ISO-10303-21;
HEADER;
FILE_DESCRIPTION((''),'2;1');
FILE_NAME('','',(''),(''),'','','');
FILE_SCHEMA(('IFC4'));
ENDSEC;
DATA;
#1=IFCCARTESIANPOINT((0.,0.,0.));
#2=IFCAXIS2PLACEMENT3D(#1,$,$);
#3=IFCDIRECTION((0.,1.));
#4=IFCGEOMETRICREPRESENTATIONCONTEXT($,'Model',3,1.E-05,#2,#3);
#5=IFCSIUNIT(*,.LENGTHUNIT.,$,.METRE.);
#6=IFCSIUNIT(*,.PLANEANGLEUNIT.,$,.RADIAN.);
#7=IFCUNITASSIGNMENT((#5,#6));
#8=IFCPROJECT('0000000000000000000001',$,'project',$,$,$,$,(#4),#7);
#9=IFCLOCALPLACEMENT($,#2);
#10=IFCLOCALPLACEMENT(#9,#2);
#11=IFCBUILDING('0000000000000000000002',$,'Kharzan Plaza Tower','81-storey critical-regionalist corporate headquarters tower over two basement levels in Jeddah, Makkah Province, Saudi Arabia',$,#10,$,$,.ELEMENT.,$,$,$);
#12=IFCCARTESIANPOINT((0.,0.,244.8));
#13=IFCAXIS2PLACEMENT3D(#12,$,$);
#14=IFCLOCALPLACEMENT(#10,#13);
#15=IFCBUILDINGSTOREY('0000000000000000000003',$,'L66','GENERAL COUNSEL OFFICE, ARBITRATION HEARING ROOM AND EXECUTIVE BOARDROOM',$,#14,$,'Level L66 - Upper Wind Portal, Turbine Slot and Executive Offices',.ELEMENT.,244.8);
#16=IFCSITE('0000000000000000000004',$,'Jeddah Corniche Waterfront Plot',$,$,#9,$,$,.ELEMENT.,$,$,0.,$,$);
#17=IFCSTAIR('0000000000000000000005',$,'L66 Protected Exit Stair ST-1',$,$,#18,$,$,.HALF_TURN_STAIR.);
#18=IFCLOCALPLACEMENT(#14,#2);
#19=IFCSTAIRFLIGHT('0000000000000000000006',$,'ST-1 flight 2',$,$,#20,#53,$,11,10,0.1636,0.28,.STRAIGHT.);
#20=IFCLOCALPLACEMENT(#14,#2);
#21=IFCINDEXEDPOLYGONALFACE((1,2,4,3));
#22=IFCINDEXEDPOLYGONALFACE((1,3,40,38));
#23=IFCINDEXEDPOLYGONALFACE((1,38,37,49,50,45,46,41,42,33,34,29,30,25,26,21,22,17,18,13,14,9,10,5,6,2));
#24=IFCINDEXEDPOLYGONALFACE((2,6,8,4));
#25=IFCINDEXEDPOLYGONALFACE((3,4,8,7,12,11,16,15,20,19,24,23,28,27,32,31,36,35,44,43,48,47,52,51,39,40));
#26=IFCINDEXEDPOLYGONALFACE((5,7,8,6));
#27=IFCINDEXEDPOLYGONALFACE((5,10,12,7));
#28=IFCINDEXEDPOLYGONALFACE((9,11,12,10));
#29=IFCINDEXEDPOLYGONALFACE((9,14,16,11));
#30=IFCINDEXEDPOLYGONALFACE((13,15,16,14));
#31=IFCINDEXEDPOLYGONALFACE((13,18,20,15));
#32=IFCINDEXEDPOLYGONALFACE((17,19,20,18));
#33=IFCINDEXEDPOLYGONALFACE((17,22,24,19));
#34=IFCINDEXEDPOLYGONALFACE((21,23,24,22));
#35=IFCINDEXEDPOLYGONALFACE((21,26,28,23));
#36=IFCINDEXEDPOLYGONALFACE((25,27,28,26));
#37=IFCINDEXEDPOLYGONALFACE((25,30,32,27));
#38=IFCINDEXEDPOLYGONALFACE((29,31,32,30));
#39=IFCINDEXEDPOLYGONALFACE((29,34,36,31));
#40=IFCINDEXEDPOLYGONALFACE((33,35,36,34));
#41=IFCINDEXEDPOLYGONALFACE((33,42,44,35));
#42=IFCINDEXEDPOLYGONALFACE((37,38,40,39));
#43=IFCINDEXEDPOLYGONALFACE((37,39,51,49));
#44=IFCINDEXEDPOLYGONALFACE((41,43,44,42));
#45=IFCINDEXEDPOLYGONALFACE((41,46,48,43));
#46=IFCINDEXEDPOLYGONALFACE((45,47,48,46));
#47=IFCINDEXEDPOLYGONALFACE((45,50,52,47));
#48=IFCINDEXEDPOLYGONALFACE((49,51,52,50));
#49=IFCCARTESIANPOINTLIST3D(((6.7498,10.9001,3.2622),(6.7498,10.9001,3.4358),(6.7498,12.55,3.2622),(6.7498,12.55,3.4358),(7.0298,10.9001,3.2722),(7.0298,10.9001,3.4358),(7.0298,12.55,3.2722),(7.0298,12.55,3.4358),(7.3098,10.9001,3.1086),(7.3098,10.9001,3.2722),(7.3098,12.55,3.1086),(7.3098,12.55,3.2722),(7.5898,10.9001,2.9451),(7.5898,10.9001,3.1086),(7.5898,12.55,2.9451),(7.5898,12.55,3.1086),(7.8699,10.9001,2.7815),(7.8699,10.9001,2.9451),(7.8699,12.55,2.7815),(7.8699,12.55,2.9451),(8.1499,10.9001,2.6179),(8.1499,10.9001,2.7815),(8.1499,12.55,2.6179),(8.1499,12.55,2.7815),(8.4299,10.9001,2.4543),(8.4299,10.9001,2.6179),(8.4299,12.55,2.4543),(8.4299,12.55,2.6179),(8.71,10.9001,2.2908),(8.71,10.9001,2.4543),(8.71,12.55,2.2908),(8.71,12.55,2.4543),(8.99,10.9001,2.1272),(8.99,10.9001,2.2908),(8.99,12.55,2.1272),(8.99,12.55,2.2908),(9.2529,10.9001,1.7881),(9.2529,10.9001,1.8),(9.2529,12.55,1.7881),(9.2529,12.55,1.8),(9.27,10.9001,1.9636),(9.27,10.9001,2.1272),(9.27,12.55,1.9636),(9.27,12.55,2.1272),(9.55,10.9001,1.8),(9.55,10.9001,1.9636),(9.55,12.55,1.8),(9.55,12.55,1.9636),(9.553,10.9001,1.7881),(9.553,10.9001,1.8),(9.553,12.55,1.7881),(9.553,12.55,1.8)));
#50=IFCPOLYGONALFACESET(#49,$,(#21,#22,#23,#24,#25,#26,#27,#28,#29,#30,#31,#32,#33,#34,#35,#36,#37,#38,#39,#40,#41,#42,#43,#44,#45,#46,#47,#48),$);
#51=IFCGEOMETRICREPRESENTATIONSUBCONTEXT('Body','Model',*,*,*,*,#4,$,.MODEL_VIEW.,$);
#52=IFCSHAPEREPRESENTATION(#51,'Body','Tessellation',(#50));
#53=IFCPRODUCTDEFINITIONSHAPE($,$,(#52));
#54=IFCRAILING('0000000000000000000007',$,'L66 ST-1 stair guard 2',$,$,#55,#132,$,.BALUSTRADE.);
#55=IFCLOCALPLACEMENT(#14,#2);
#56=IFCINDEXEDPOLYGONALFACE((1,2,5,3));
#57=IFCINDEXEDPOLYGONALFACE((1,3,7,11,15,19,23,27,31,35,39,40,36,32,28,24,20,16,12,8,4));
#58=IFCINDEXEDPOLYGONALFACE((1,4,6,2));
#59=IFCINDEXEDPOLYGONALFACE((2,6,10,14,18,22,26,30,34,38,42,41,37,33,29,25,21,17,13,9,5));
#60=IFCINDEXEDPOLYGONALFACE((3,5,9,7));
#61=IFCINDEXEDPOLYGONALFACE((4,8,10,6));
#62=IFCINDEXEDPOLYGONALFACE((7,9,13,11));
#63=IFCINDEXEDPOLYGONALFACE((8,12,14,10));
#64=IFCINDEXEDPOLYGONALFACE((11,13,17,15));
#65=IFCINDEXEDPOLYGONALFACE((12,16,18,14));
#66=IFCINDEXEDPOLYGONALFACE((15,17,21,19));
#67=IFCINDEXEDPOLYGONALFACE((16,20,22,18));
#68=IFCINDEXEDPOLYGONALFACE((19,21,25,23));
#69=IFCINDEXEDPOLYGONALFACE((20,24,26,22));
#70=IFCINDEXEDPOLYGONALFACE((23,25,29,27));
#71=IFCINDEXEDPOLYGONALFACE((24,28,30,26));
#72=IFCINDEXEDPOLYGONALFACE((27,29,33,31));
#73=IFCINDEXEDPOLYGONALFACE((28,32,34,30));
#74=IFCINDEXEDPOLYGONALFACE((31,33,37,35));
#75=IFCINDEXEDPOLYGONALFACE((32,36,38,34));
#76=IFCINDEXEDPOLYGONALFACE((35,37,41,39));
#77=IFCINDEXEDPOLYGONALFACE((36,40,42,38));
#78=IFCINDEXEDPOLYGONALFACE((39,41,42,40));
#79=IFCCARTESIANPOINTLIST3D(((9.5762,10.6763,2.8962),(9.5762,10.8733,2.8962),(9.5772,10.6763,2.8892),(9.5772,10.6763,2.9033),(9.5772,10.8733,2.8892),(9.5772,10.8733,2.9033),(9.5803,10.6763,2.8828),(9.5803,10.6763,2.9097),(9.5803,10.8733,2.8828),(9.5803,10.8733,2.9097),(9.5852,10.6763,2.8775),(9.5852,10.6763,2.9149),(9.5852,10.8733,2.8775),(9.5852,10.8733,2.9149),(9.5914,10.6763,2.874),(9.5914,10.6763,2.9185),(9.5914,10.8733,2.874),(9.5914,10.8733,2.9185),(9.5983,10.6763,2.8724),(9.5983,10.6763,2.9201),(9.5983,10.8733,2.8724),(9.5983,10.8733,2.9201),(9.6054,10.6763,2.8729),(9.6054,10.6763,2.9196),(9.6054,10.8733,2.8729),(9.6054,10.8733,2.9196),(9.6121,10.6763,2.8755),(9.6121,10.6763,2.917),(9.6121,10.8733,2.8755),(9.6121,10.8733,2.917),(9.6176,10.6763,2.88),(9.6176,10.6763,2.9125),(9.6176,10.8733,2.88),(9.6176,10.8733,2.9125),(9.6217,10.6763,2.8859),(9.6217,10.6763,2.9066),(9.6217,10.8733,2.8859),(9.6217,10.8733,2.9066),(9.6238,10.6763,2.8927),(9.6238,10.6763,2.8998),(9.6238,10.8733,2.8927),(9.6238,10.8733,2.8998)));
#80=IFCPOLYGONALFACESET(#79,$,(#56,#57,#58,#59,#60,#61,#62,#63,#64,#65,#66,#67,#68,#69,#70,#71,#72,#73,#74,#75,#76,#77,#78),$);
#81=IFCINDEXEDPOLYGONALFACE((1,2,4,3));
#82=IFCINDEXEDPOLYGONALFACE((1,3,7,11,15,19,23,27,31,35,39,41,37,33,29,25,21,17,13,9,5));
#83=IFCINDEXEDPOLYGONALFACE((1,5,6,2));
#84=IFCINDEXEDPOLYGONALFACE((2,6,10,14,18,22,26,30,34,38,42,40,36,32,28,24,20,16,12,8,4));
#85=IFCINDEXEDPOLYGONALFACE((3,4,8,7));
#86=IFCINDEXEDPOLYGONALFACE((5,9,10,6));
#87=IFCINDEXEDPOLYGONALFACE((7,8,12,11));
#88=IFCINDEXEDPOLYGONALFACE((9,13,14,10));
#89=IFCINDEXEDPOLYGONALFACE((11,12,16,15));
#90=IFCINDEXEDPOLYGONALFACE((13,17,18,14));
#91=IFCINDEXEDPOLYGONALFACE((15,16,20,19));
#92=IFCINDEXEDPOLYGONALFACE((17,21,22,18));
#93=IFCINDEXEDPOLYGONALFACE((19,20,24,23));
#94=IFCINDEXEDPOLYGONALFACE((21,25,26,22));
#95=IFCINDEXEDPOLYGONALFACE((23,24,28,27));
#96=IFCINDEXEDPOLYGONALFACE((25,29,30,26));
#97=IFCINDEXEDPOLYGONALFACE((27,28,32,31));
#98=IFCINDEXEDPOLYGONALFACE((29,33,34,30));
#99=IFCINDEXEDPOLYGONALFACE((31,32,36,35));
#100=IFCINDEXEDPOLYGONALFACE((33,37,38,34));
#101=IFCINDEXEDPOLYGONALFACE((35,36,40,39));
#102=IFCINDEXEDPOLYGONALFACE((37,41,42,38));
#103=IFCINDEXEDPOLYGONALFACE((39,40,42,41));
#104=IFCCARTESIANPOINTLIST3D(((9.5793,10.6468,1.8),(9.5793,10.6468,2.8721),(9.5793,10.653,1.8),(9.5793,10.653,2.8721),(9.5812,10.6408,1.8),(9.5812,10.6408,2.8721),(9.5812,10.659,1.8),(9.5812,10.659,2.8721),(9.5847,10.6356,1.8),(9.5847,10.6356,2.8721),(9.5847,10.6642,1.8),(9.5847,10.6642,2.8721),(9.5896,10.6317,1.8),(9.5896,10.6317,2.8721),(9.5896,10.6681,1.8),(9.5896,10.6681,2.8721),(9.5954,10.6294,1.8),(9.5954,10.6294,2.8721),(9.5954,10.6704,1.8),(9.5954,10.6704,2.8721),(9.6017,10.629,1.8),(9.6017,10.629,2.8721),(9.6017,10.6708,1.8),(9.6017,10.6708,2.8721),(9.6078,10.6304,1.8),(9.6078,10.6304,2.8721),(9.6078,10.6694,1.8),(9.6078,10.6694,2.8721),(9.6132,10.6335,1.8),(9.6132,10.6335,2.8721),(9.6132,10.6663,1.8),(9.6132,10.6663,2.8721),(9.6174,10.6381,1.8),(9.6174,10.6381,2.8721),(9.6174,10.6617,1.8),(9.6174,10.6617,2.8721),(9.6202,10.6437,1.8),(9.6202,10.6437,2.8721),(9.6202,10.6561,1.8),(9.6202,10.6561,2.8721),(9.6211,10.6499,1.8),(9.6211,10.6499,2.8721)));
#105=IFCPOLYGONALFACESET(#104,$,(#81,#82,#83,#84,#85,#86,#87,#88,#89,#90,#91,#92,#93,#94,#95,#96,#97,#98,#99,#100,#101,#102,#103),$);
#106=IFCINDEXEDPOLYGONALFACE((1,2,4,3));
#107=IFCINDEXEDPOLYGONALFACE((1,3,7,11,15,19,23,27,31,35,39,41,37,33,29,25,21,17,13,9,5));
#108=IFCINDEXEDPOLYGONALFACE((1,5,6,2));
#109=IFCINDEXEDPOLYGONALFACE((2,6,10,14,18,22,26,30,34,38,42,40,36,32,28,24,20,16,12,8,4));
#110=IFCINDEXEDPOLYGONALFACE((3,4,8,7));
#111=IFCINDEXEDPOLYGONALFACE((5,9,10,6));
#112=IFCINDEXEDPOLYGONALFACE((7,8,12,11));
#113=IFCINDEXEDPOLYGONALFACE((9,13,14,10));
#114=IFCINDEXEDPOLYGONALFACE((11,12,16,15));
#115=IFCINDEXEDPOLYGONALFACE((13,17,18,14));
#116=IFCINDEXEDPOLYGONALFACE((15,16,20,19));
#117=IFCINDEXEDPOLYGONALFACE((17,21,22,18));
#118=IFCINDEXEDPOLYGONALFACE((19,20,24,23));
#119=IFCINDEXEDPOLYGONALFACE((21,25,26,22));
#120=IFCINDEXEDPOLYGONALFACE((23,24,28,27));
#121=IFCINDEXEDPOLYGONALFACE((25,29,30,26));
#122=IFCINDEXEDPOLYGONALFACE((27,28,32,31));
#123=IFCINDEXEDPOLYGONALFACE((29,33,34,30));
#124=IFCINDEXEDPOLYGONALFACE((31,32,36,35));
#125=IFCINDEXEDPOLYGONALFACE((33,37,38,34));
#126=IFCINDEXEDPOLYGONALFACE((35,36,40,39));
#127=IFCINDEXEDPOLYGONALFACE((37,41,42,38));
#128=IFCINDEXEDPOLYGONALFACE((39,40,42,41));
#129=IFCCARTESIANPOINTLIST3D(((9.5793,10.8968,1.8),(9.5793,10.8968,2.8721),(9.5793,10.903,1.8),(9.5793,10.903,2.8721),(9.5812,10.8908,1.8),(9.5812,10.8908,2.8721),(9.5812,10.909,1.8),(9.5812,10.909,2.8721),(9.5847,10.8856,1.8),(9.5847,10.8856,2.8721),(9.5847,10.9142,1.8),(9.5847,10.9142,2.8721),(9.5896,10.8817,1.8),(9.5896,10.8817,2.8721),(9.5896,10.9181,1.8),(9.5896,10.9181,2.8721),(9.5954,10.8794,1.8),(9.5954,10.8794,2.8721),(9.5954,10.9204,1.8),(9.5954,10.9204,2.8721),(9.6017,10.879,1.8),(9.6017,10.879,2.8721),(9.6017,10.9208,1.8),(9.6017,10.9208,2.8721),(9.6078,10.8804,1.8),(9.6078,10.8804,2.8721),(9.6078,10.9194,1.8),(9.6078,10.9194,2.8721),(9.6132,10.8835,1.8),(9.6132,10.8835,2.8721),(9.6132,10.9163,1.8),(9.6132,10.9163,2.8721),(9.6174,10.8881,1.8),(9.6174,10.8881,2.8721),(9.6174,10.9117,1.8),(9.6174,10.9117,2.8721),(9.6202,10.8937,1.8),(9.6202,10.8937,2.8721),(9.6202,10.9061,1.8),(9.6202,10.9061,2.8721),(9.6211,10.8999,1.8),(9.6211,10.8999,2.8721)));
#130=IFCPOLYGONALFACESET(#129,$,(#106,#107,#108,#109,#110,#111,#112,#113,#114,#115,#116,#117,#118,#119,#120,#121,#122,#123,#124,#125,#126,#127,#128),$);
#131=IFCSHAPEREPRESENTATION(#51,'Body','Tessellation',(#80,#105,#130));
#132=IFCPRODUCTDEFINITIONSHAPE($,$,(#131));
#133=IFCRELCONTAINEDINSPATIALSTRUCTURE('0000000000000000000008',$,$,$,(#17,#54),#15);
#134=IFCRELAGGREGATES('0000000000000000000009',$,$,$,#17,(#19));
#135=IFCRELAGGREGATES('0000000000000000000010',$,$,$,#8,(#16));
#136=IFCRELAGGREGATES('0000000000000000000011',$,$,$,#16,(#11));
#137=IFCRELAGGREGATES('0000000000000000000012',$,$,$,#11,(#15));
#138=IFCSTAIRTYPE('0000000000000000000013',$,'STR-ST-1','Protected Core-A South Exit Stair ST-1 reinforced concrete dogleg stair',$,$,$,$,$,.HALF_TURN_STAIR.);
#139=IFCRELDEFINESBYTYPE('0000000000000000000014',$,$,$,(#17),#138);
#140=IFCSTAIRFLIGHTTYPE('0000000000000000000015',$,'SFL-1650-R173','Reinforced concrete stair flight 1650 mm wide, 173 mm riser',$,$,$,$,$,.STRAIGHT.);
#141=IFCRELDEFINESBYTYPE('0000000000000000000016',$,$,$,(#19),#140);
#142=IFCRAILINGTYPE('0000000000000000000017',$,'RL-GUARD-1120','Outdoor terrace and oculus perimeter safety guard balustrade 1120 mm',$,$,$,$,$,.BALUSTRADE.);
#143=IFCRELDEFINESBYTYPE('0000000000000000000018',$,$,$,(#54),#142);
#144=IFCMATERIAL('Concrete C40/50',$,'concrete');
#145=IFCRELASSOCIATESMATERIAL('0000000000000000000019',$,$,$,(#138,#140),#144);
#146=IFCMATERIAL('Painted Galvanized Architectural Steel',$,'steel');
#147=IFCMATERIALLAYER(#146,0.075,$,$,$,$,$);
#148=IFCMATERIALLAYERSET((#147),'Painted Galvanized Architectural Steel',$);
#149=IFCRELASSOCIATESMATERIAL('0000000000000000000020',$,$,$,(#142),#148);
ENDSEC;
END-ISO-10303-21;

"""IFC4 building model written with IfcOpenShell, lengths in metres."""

from ifc_helpers import new_model, si_unit, direction, frame, origin, origin_2d, place, context, subcontext, project, spatial, polyline, circle, outline, extrude, source, transform, mapped, material, layer, layer_set, type_object, element, aggregate, save


model = new_model("IFC4")

# Units and contexts
model_context = context("Model", 3, precision=1e-05, world=origin(), true_north=direction((0.0, 1.0)))
body_context = subcontext(model_context, "Body", "Model", "MODEL_VIEW")
ifc_project = project(units=[si_unit("LENGTHUNIT", "METRE"), si_unit("PLANEANGLEUNIT", "RADIAN")], contexts=[model_context])

# Site, building, storey
site_placement = place(None, origin())
site = spatial("IfcSite", under=ifc_project, at=site_placement, Name="Jeddah Corniche Waterfront Plot", CompositionType="ELEMENT", RefElevation=0.0)
building_placement = place(site_placement, origin())
building = spatial("IfcBuilding", under=site, at=building_placement, Name="Kharzan Plaza Tower", Description="81-storey critical-regionalist corporate headquarters tower over two basement levels in Jeddah, Makkah Province, Saudi Arabia", CompositionType="ELEMENT")
storey_placement = place(building_placement, frame((0.0, 0.0, 244.8)))
storey = spatial("IfcBuildingStorey", under=building, at=storey_placement, Name="L66", Description="GENERAL COUNSEL OFFICE, ARBITRATION HEARING ROOM AND EXECUTIVE BOARDROOM", LongName="Level L66 - Upper Wind Portal, Turbine Slot and Executive Offices", CompositionType="ELEMENT", Elevation=244.8)

# Shared definitions
ifc_material_1 = material(Name="Concrete C40/50", Category="concrete")

# Stair, stair flight
stair_type = type_object("IfcStairType", Name="STR-ST-1", Description="Protected Core-A South Exit Stair ST-1 reinforced concrete dogleg stair", PredefinedType="HALF_TURN_STAIR", material=ifc_material_1)
stair_placement = place(storey_placement, origin())
stair = element("IfcStair", 1, at=stair_placement, inside=storey, type_object=stair_type, Name="L66 Protected Exit Stair ST-1", PredefinedType="HALF_TURN_STAIR")
stair_flight_type = type_object("IfcStairFlightType", Name="SFL-1650-R173", Description="Reinforced concrete stair flight 1650 mm wide, 173 mm riser", PredefinedType="STRAIGHT", material=ifc_material_1)
shared_shape_1 = source(origin(), body_context, "Body", "SweptSolid", [
    extrude(outline(polyline([(-0.0029, -0.012), (-0.0029, 0.0), (0.0, 0.0), (0.0, 0.1636), (0.28, 0.1636), (0.28, 0.3271), (0.5601, 0.3271), (0.5601, 0.4907), (0.8401, 0.4907), (0.8401, 0.6543), (1.1201, 0.6543), (1.1201, 0.8179), (1.4001, 0.8179), (1.4001, 0.9814), (1.6802, 0.9814), (1.6802, 1.145), (1.9602, 1.145), (1.9602, 1.3086), (2.2402, 1.3086), (2.2402, 1.4722), (2.5203, 1.4722), (2.5203, 1.6357), (2.8003, 1.6357), (2.8003, 1.7993), (2.8003, 1.4622), (0.2971, 0.0), (0.2971, -0.012), (-0.0029, -0.012)])), frame((0.0, 0.825, 0.0), z_axis=(0.0, -1.0, 0.0), x_axis=(1.0, 0.0, 0.0)), (0.0, 0.0, 1.0), 1.6499),
])
stair_flight_placement = place(storey_placement, frame((9.55, 11.7251, 1.8), z_axis=(0.0, 0.0, 1.0), x_axis=(-1.0, 0.0, 0.0)))
stair_flight = element("IfcStairFlight", 2, at=stair_flight_placement, type_object=stair_flight_type, Name="ST-1 flight 2", NumberOfRisers=11, NumberOfTreads=10, PredefinedType="STRAIGHT", RiserHeight=0.1636, TreadLength=0.28, context=body_context, shape_type="MappedRepresentation", body=[
    mapped(shared_shape_1, transform((0.0, 0.0, 0.0), x_axis=(1.0, 0.0, 0.0), y_axis=(0.0, 1.0, 0.0), z_axis=(0.0, 0.0, 1.0))),
])
aggregate(stair, [stair_flight])

# Railing
ifc_material_2 = material(Name="Painted Galvanized Architectural Steel", Category="steel")
ifc_layer_1 = layer(ifc_material_2, 0.075)
ifc_layer_set_1 = layer_set([ifc_layer_1], Name="Painted Galvanized Architectural Steel")
railing_type_1 = type_object("IfcRailingType", Name="RL-GUARD-1120", Description="Outdoor terrace and oculus perimeter safety guard balustrade 1120 mm", PredefinedType="BALUSTRADE", material=ifc_layer_set_1)
shared_shape_2 = source(origin(), body_context, "Body", "SweptSolid", [
    extrude(circle(Radius=0.0239, at=origin_2d()), frame((0.0, 0.0264, 1.0962), z_axis=(0.0, 1.0, 0.0), x_axis=(-1.0, 0.0, 0.0)), (0.0, 0.0, 1.0), 0.197),
    extrude(circle(Radius=0.021, at=origin_2d()), origin(), (0.0, 0.0, 1.0), 1.072),
    extrude(circle(Radius=0.021, at=origin_2d()), frame((0.0, 0.25, 0.0)), (0.0, 0.0, 1.0), 1.072),
])
railing_1_placement = place(storey_placement, frame((9.6001, 10.6499, 1.8)))
element("IfcRailing", 3, at=railing_1_placement, inside=storey, type_object=railing_type_1, Name="L66 ST-1 stair guard 2", PredefinedType="BALUSTRADE", context=body_context, shape_type="MappedRepresentation", body=[
    mapped(shared_shape_2, transform((0.0, 0.0, 0.0), x_axis=(1.0, 0.0, 0.0), y_axis=(0.0, 1.0, 0.0), z_axis=(0.0, 0.0, 1.0))),
])

save(model, "model.ifc")
